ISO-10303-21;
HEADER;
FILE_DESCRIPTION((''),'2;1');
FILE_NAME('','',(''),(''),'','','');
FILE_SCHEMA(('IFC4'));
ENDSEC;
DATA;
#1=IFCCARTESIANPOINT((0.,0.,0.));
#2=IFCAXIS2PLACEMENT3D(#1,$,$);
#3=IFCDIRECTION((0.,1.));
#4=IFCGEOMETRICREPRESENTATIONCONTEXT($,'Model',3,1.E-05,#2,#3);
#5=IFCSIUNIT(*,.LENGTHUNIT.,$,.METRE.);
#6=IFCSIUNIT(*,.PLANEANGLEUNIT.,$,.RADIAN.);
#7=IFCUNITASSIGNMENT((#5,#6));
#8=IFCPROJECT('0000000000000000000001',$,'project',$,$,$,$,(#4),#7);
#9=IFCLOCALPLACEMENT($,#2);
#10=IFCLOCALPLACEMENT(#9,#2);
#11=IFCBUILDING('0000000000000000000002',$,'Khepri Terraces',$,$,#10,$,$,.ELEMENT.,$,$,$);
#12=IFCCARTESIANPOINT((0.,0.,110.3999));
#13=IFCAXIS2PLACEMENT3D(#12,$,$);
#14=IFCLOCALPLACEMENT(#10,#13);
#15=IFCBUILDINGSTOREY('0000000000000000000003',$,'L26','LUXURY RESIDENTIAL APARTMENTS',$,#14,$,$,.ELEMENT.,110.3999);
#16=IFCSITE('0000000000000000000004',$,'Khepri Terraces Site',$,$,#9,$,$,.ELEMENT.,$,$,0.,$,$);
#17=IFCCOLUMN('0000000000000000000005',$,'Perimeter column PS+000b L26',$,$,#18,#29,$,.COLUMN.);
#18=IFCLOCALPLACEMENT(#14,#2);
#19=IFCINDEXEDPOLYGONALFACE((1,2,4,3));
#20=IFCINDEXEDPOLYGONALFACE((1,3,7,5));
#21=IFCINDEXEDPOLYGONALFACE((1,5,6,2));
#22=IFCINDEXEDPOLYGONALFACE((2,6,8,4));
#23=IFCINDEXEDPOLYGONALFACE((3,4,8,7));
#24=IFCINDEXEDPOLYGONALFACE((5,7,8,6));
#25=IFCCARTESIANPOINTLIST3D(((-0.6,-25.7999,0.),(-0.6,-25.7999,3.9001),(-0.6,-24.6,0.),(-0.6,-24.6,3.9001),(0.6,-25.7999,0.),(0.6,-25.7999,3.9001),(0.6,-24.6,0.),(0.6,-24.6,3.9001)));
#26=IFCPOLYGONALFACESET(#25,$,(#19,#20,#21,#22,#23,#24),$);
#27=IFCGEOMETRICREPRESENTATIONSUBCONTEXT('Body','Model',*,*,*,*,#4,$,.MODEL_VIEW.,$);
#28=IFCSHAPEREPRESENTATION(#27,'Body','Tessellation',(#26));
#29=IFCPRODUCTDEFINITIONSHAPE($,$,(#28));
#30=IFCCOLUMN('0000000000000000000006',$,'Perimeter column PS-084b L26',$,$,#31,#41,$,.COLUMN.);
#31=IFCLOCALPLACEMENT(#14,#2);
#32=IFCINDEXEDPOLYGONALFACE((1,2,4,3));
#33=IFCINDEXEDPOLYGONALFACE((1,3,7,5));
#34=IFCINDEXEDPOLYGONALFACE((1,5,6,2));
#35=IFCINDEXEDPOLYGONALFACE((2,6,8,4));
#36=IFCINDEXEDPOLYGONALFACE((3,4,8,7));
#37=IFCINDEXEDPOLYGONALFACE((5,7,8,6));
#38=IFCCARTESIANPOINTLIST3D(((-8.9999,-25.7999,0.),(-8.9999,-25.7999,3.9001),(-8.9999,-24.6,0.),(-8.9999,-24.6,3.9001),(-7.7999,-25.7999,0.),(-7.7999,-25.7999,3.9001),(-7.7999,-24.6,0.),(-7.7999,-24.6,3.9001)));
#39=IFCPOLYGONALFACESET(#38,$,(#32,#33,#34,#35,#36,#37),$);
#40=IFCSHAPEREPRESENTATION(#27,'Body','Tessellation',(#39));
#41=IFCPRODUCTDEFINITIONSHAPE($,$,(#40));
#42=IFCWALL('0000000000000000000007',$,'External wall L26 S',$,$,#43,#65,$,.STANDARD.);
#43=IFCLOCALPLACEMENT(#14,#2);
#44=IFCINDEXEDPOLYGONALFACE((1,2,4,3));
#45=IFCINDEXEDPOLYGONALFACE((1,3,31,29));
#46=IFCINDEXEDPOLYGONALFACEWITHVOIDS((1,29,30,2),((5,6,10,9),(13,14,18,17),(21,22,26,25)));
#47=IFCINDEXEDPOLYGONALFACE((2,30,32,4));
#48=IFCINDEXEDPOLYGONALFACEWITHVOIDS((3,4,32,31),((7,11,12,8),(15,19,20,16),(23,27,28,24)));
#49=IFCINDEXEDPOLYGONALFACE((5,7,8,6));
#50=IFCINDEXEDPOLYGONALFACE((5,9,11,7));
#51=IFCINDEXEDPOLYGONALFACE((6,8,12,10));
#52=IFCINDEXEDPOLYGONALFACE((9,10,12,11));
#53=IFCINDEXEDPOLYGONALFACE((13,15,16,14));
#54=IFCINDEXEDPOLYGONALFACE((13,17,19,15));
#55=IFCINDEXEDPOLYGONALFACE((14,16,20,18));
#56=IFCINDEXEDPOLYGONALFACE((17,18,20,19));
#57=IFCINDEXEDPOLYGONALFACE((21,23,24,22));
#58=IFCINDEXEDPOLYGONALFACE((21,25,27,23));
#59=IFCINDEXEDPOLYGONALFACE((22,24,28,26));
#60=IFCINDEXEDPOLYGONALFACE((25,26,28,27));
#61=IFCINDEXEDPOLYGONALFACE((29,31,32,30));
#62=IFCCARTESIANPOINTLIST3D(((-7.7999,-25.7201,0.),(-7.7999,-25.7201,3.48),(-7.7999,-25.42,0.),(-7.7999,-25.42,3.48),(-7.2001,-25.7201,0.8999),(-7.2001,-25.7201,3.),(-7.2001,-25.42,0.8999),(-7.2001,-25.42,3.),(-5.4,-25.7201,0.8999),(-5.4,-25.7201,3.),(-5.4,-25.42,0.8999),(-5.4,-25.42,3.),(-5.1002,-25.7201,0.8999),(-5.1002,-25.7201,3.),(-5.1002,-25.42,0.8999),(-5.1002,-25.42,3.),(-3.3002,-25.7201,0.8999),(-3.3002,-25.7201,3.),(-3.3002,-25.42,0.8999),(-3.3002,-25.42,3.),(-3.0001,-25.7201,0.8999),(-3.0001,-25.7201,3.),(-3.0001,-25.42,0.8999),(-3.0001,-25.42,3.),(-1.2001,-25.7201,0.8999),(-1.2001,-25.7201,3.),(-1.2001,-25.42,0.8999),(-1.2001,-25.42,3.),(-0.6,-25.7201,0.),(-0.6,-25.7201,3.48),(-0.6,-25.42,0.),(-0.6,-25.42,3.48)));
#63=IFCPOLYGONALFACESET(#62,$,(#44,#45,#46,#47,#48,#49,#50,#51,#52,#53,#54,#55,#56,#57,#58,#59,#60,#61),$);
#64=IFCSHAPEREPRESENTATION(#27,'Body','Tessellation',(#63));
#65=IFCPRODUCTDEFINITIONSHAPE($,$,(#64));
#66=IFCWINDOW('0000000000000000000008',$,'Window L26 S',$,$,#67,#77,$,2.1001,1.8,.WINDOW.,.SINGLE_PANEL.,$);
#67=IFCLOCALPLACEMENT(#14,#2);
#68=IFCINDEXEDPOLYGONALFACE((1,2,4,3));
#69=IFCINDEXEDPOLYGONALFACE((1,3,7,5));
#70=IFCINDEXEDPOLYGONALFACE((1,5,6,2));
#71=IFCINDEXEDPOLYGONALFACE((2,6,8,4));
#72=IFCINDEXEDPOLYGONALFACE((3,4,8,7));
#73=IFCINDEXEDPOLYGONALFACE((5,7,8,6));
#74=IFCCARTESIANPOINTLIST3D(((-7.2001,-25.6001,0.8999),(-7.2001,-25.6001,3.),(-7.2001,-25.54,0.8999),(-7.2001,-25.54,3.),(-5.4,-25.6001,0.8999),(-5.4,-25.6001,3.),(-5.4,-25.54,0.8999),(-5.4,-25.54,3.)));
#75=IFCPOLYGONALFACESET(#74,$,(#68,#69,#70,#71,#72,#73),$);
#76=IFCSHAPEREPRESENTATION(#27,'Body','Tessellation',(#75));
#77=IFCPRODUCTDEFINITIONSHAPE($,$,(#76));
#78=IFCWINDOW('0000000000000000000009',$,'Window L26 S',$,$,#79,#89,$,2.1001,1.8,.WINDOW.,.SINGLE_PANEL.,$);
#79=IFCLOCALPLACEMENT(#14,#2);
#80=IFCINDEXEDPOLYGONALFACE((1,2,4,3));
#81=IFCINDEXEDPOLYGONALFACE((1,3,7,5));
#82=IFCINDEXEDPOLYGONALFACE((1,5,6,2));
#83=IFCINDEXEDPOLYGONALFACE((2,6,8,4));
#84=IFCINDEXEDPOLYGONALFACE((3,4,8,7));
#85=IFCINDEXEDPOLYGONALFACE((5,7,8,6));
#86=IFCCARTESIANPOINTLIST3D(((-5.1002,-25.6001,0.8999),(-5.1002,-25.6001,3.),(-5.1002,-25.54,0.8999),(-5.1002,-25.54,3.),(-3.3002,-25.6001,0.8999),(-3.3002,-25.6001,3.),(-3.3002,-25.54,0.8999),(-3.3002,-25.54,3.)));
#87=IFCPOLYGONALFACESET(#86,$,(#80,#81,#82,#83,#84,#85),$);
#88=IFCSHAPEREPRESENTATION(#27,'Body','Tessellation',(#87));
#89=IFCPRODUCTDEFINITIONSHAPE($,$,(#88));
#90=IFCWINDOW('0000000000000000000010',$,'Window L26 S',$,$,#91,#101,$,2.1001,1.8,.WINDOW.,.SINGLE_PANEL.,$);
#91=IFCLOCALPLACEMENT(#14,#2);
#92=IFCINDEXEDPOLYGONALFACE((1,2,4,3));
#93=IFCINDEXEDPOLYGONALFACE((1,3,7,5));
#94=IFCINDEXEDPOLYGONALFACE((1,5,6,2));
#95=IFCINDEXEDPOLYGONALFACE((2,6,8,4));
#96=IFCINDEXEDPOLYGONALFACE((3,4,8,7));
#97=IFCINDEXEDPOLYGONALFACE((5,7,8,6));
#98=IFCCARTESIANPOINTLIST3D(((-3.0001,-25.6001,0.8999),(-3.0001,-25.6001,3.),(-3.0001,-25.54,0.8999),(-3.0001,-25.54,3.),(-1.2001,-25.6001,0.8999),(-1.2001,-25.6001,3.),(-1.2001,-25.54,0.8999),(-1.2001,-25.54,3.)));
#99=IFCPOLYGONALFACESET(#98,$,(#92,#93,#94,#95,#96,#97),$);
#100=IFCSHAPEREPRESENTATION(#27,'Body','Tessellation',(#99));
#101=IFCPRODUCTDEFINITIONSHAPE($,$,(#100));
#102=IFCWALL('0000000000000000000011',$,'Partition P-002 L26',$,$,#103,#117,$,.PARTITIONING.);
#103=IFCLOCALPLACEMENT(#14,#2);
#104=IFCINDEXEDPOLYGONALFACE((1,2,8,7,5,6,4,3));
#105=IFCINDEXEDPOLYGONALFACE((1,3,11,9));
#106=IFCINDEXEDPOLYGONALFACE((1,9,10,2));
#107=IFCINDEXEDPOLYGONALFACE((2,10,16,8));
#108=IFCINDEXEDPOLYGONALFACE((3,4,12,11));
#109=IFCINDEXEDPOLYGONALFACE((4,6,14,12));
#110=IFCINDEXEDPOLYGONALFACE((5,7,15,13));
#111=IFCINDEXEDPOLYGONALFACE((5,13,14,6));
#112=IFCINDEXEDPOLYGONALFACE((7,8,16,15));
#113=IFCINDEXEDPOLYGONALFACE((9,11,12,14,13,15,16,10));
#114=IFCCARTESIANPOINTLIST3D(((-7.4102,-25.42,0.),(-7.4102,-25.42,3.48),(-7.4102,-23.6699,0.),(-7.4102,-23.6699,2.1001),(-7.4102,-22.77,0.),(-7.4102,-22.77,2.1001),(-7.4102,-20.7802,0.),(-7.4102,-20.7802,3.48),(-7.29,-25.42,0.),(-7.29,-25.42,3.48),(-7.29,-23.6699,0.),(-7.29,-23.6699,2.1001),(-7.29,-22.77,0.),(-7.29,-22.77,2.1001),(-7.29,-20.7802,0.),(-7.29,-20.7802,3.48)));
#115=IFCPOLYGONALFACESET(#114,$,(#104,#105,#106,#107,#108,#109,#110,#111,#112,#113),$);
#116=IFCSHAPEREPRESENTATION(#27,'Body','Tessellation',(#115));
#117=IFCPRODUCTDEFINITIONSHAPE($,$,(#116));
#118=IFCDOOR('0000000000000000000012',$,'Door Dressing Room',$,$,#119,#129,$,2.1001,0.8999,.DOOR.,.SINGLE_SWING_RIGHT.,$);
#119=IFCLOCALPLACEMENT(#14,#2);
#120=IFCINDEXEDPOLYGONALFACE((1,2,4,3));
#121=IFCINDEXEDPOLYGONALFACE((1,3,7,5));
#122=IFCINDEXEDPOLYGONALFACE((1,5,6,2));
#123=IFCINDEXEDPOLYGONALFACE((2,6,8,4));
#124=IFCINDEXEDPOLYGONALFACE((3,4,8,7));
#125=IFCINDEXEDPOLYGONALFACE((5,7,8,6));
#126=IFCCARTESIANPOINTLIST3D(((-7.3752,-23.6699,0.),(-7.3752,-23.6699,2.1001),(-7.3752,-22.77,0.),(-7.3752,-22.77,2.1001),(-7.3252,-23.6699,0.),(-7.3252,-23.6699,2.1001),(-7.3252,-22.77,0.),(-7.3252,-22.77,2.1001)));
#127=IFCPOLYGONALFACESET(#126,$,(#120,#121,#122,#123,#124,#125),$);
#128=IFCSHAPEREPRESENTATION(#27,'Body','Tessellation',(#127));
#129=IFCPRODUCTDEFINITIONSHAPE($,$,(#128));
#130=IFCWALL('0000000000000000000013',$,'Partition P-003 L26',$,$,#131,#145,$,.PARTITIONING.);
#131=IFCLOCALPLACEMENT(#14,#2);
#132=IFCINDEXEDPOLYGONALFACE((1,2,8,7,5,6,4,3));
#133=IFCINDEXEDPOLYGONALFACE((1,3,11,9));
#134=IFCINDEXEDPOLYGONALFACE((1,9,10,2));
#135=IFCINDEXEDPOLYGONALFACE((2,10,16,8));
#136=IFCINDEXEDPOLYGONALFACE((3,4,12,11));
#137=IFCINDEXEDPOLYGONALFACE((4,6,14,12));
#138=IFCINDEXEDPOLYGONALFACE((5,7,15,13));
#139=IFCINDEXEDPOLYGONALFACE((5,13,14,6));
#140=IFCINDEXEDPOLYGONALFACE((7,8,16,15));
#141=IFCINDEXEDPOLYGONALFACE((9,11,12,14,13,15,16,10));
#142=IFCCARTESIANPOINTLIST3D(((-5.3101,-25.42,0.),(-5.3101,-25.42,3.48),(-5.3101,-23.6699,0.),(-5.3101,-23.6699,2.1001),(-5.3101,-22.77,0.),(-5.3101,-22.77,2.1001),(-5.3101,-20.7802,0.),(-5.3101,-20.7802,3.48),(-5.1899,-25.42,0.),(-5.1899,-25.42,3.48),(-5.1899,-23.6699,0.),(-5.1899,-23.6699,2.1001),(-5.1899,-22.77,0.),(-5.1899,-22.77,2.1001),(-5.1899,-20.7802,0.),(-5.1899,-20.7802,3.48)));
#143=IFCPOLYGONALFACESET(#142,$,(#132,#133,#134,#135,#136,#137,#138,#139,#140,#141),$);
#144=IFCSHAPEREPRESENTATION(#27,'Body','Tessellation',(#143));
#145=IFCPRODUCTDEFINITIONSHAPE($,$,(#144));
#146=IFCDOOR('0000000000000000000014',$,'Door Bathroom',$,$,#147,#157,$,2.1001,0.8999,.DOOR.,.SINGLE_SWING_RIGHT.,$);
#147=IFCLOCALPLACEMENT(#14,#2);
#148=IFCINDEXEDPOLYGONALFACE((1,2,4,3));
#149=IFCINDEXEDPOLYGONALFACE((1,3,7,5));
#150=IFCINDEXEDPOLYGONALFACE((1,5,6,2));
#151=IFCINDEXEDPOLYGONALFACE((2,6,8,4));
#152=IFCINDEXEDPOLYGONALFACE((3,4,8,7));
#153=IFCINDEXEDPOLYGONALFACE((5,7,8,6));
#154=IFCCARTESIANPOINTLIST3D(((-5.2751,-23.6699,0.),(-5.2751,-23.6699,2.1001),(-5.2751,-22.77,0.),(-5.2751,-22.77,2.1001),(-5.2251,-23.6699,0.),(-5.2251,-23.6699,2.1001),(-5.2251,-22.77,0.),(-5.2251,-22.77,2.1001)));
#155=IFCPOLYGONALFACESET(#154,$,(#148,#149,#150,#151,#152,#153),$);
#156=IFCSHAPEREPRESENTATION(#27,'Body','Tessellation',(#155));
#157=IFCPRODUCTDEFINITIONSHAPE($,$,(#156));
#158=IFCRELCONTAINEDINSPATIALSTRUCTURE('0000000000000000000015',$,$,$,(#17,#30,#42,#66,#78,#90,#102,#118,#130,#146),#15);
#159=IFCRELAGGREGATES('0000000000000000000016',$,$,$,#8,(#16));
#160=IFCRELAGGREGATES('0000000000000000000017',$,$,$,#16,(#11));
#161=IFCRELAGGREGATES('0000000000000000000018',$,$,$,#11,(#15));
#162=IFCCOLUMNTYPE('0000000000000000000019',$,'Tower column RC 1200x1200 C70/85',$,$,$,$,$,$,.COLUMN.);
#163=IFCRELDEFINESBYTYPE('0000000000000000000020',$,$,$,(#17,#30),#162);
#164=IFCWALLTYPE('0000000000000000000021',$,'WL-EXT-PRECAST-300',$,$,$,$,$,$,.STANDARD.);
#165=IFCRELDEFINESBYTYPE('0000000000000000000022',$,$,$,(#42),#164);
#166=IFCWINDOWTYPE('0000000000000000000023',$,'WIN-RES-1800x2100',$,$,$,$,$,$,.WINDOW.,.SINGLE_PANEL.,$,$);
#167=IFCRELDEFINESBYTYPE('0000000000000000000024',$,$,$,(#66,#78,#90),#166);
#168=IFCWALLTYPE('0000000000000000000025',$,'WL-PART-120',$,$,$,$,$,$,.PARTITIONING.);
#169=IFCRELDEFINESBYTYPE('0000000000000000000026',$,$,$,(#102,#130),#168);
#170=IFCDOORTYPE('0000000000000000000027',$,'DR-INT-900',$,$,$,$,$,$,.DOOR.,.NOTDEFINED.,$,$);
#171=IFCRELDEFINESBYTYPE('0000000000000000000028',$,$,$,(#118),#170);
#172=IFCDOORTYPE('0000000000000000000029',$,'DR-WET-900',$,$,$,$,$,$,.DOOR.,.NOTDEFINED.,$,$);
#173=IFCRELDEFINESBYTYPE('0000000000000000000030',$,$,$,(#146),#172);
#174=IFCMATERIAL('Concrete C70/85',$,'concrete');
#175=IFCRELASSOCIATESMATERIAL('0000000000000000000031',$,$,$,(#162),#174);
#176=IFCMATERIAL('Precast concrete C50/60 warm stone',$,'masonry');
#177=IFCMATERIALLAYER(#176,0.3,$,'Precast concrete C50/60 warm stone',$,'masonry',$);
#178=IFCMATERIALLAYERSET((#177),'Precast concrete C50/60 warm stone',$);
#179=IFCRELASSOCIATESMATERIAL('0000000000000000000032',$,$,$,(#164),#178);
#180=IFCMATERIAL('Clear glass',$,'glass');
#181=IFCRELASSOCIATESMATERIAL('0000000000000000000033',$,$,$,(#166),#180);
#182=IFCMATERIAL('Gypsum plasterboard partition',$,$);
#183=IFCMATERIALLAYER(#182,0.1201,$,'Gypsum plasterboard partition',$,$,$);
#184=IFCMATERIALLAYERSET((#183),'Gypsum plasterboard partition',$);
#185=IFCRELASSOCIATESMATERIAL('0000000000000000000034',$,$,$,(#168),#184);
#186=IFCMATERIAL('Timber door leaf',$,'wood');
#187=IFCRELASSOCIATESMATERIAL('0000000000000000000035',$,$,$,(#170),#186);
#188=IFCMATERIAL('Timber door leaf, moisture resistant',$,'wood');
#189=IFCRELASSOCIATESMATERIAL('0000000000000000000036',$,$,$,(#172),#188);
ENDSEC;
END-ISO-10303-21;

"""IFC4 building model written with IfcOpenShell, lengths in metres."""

from ifc_helpers import new_model, si_unit, direction, frame, frame_2d, origin, origin_2d, place, context, subcontext, project, spatial, rectangle, extrude, material, layer, layer_set, material_profile, profile_set, type_object, element, fill, save


model = new_model("IFC4")

# Units and contexts
model_context = context("Model", 3, precision=1e-05, world=origin(), true_north=direction((0.0, 1.0)))
body_context = subcontext(model_context, "Body", "Model", "MODEL_VIEW")
ifc_project = project(units=[si_unit("LENGTHUNIT", "METRE"), si_unit("PLANEANGLEUNIT", "RADIAN")], contexts=[model_context])

# Site, building, storey
site_placement = place(None, origin())
site = spatial("IfcSite", under=ifc_project, at=site_placement, Name="Khepri Terraces Site", CompositionType="ELEMENT", RefElevation=0.0)
building_placement = place(site_placement, origin())
building = spatial("IfcBuilding", under=site, at=building_placement, Name="Khepri Terraces", CompositionType="ELEMENT")
storey_placement = place(building_placement, frame((0.0, 0.0, 110.3999)))
storey = spatial("IfcBuildingStorey", under=building, at=storey_placement, Name="L26", Description="LUXURY RESIDENTIAL APARTMENTS", CompositionType="ELEMENT", Elevation=110.3999)

# Columns
ifc_material_1 = material(Name="Concrete C70/85", Category="concrete")
ifc_material_profile = material_profile(ifc_material_1, rectangle(XDim=1.2, YDim=1.2, at=origin_2d()), Name="Concrete C70/85", Category="concrete")
ifc_profile_set = profile_set([ifc_material_profile], Name="Concrete C70/85")
column_type = type_object("IfcColumnType", Name="Tower column RC 1200x1200 C70/85", PredefinedType="COLUMN", material=ifc_profile_set)
for number, where, z_axis, x_axis, name in (
    (1, (0.0, -25.2, 0.0), (0.0, 0.0, 1.0), (1.0, 0.0, 0.0), "Perimeter column PS+000b L26"),
    (2, (-8.3999, -25.2, 0.0), (0.0, 0.0, 1.0), (1.0, 0.0, 0.0), "Perimeter column PS-084b L26"),
):
    element("IfcColumn", number, at=place(storey_placement, frame(where, z_axis=z_axis, x_axis=x_axis)), inside=storey, type_object=column_type, Name=name, PredefinedType="COLUMN", context=body_context, shape_type="SweptSolid", body=[
        extrude(rectangle(XDim=1.2, YDim=1.2, at=origin_2d()), origin(), (0.0, 0.0, 1.0), 3.9001),
    ])

# Wall, openings, windows
ifc_material_2 = material(Name="Precast concrete C50/60 warm stone", Category="masonry")
ifc_layer_1 = layer(ifc_material_2, 0.3, Name="Precast concrete C50/60 warm stone", Category="masonry")
ifc_layer_set_1 = layer_set([ifc_layer_1], Name="Precast concrete C50/60 warm stone")
wall_type_1 = type_object("IfcWallType", Name="WL-EXT-PRECAST-300", PredefinedType="STANDARD", material=ifc_layer_set_1)
wall_1_placement = place(storey_placement, frame((-7.8, -25.5701, 0.0), z_axis=(0.0, 0.0, 1.0), x_axis=(1.0, 0.0, 0.0)))
wall_1 = element("IfcWall", 3, at=wall_1_placement, inside=storey, type_object=wall_type_1, Name="External wall L26 S", PredefinedType="STANDARD", context=body_context, shape_type="SweptSolid", body=[
    extrude(rectangle(XDim=7.2, YDim=0.3, at=frame_2d((3.6001, 0.0))), origin(), (0.0, 0.0, 1.0), 3.48),
])
opening_1_placement = place(wall_1_placement, frame((0.6001, 0.0, 0.8999)))
opening_1 = element("IfcOpeningElement", 4, at=opening_1_placement, cuts=wall_1, PredefinedType="OPENING", context=body_context, shape_type="SweptSolid", body=[
    extrude(rectangle(XDim=1.8, YDim=2.1001, at=frame_2d((0.8999, 1.05))), frame((0.0, 0.1602, 0.0), z_axis=(0.0, -1.0, 0.0), x_axis=(1.0, 0.0, 0.0)), (0.0, 0.0, 1.0), 0.3201),
])
opening_2_placement = place(wall_1_placement, frame((2.7, 0.0, 0.8999)))
opening_2 = element("IfcOpeningElement", 5, at=opening_2_placement, cuts=wall_1, PredefinedType="OPENING", context=body_context, shape_type="SweptSolid", body=[
    extrude(rectangle(XDim=1.8, YDim=2.1001, at=frame_2d((0.8999, 1.05))), frame((0.0, 0.1602, 0.0), z_axis=(0.0, -1.0, 0.0), x_axis=(1.0, 0.0, 0.0)), (0.0, 0.0, 1.0), 0.3201),
])
opening_3_placement = place(wall_1_placement, frame((4.8, 0.0, 0.8999)))
opening_3 = element("IfcOpeningElement", 6, at=opening_3_placement, cuts=wall_1, PredefinedType="OPENING", context=body_context, shape_type="SweptSolid", body=[
    extrude(rectangle(XDim=1.8, YDim=2.1001, at=frame_2d((0.8999, 1.05))), frame((0.0, 0.1602, 0.0), z_axis=(0.0, -1.0, 0.0), x_axis=(1.0, 0.0, 0.0)), (0.0, 0.0, 1.0), 0.3201),
])
ifc_material_3 = material(Name="Clear glass", Category="glass")
window_type = type_object("IfcWindowType", Name="WIN-RES-1800x2100", PartitioningType="SINGLE_PANEL", PredefinedType="WINDOW", material=ifc_material_3)
window_1_placement = place(opening_1_placement, origin())
window_1 = element("IfcWindow", 7, at=window_1_placement, inside=storey, type_object=window_type, Name="Window L26 S", OverallHeight=2.1001, OverallWidth=1.8, PartitioningType="SINGLE_PANEL", PredefinedType="WINDOW", context=body_context, shape_type="SweptSolid", body=[
    extrude(rectangle(XDim=1.8, YDim=2.1001, at=frame_2d((0.8999, 1.05))), frame((0.0, 0.03, 0.0), z_axis=(0.0, -1.0, 0.0), x_axis=(1.0, 0.0, 0.0)), (0.0, 0.0, 1.0), 0.0601),
])
fill(opening_1, window_1)
window_2_placement = place(opening_2_placement, origin())
window_2 = element("IfcWindow", 8, at=window_2_placement, inside=storey, type_object=window_type, Name="Window L26 S", OverallHeight=2.1001, OverallWidth=1.8, PartitioningType="SINGLE_PANEL", PredefinedType="WINDOW", context=body_context, shape_type="SweptSolid", body=[
    extrude(rectangle(XDim=1.8, YDim=2.1001, at=frame_2d((0.8999, 1.05))), frame((0.0, 0.03, 0.0), z_axis=(0.0, -1.0, 0.0), x_axis=(1.0, 0.0, 0.0)), (0.0, 0.0, 1.0), 0.0601),
])
fill(opening_2, window_2)
window_3_placement = place(opening_3_placement, origin())
window_3 = element("IfcWindow", 9, at=window_3_placement, inside=storey, type_object=window_type, Name="Window L26 S", OverallHeight=2.1001, OverallWidth=1.8, PartitioningType="SINGLE_PANEL", PredefinedType="WINDOW", context=body_context, shape_type="SweptSolid", body=[
    extrude(rectangle(XDim=1.8, YDim=2.1001, at=frame_2d((0.8999, 1.05))), frame((0.0, 0.03, 0.0), z_axis=(0.0, -1.0, 0.0), x_axis=(1.0, 0.0, 0.0)), (0.0, 0.0, 1.0), 0.0601),
])
fill(opening_3, window_3)

# Walls, openings, doors
ifc_material_4 = material(Name="Gypsum plasterboard partition")
ifc_layer_2 = layer(ifc_material_4, 0.1201, Name="Gypsum plasterboard partition")
ifc_layer_set_2 = layer_set([ifc_layer_2], Name="Gypsum plasterboard partition")
wall_type_2 = type_object("IfcWallType", Name="WL-PART-120", PredefinedType="PARTITIONING", material=ifc_layer_set_2)
wall_2_placement = place(storey_placement, frame((-7.3501, -25.4199, 0.0), z_axis=(0.0, 0.0, 1.0), x_axis=(0.0, 1.0, 0.0)))
wall_2 = element("IfcWall", 10, at=wall_2_placement, inside=storey, type_object=wall_type_2, Name="Partition P-002 L26", PredefinedType="PARTITIONING", context=body_context, shape_type="SweptSolid", body=[
    extrude(rectangle(XDim=4.6399, YDim=0.1201, at=frame_2d((2.3198, 0.0))), origin(), (0.0, 0.0, 1.0), 3.48),
])
opening_4_placement = place(wall_2_placement, frame((1.75, 0.0, 0.0)))
opening_4 = element("IfcOpeningElement", 11, at=opening_4_placement, cuts=wall_2, PredefinedType="OPENING", context=body_context, shape_type="SweptSolid", body=[
    extrude(rectangle(XDim=0.8999, YDim=2.1001, at=frame_2d((0.45, 1.05))), frame((0.0, 0.0701, 0.0), z_axis=(0.0, -1.0, 0.0), x_axis=(1.0, 0.0, 0.0)), (0.0, 0.0, 1.0), 0.1401),
])
ifc_material_5 = material(Name="Timber door leaf", Category="wood")
door_type_1 = type_object("IfcDoorType", Name="DR-INT-900", OperationType="NOTDEFINED", PredefinedType="DOOR", material=ifc_material_5)
door_1_placement = place(opening_4_placement, frame((0.8999, 0.0, 0.0), z_axis=(0.0, 0.0, 1.0), x_axis=(-1.0, 0.0, 0.0)))
door_1 = element("IfcDoor", 12, at=door_1_placement, inside=storey, type_object=door_type_1, Name="Door Dressing Room", OperationType="SINGLE_SWING_RIGHT", OverallHeight=2.1001, OverallWidth=0.8999, PredefinedType="DOOR", context=body_context, shape_type="SweptSolid", body=[
    extrude(rectangle(XDim=0.8999, YDim=2.1001, at=frame_2d((0.45, 1.05))), frame((0.0, 0.0249, 0.0), z_axis=(0.0, -1.0, 0.0), x_axis=(1.0, 0.0, 0.0)), (0.0, 0.0, 1.0), 0.05),
])
fill(opening_4, door_1)
wall_3_placement = place(storey_placement, frame((-5.25, -25.4199, 0.0), z_axis=(0.0, 0.0, 1.0), x_axis=(0.0, 1.0, 0.0)))
wall_3 = element("IfcWall", 13, at=wall_3_placement, inside=storey, type_object=wall_type_2, Name="Partition P-003 L26", PredefinedType="PARTITIONING", context=body_context, shape_type="SweptSolid", body=[
    extrude(rectangle(XDim=4.6399, YDim=0.1201, at=frame_2d((2.3198, 0.0))), origin(), (0.0, 0.0, 1.0), 3.48),
])
opening_5_placement = place(wall_3_placement, frame((1.75, 0.0, 0.0)))
opening_5 = element("IfcOpeningElement", 14, at=opening_5_placement, cuts=wall_3, PredefinedType="OPENING", context=body_context, shape_type="SweptSolid", body=[
    extrude(rectangle(XDim=0.8999, YDim=2.1001, at=frame_2d((0.45, 1.05))), frame((0.0, 0.0701, 0.0), z_axis=(0.0, -1.0, 0.0), x_axis=(1.0, 0.0, 0.0)), (0.0, 0.0, 1.0), 0.1401),
])
ifc_material_6 = material(Name="Timber door leaf, moisture resistant", Category="wood")
door_type_2 = type_object("IfcDoorType", Name="DR-WET-900", OperationType="NOTDEFINED", PredefinedType="DOOR", material=ifc_material_6)
door_2_placement = place(opening_5_placement, frame((0.8999, 0.0, 0.0), z_axis=(0.0, 0.0, 1.0), x_axis=(-1.0, 0.0, 0.0)))
door_2 = element("IfcDoor", 15, at=door_2_placement, inside=storey, type_object=door_type_2, Name="Door Bathroom", OperationType="SINGLE_SWING_RIGHT", OverallHeight=2.1001, OverallWidth=0.8999, PredefinedType="DOOR", context=body_context, shape_type="SweptSolid", body=[
    extrude(rectangle(XDim=0.8999, YDim=2.1001, at=frame_2d((0.45, 1.05))), frame((0.0, 0.0249, 0.0), z_axis=(0.0, -1.0, 0.0), x_axis=(1.0, 0.0, 0.0)), (0.0, 0.0, 1.0), 0.05),
])
fill(opening_5, door_2)

save(model, "model.ifc")
